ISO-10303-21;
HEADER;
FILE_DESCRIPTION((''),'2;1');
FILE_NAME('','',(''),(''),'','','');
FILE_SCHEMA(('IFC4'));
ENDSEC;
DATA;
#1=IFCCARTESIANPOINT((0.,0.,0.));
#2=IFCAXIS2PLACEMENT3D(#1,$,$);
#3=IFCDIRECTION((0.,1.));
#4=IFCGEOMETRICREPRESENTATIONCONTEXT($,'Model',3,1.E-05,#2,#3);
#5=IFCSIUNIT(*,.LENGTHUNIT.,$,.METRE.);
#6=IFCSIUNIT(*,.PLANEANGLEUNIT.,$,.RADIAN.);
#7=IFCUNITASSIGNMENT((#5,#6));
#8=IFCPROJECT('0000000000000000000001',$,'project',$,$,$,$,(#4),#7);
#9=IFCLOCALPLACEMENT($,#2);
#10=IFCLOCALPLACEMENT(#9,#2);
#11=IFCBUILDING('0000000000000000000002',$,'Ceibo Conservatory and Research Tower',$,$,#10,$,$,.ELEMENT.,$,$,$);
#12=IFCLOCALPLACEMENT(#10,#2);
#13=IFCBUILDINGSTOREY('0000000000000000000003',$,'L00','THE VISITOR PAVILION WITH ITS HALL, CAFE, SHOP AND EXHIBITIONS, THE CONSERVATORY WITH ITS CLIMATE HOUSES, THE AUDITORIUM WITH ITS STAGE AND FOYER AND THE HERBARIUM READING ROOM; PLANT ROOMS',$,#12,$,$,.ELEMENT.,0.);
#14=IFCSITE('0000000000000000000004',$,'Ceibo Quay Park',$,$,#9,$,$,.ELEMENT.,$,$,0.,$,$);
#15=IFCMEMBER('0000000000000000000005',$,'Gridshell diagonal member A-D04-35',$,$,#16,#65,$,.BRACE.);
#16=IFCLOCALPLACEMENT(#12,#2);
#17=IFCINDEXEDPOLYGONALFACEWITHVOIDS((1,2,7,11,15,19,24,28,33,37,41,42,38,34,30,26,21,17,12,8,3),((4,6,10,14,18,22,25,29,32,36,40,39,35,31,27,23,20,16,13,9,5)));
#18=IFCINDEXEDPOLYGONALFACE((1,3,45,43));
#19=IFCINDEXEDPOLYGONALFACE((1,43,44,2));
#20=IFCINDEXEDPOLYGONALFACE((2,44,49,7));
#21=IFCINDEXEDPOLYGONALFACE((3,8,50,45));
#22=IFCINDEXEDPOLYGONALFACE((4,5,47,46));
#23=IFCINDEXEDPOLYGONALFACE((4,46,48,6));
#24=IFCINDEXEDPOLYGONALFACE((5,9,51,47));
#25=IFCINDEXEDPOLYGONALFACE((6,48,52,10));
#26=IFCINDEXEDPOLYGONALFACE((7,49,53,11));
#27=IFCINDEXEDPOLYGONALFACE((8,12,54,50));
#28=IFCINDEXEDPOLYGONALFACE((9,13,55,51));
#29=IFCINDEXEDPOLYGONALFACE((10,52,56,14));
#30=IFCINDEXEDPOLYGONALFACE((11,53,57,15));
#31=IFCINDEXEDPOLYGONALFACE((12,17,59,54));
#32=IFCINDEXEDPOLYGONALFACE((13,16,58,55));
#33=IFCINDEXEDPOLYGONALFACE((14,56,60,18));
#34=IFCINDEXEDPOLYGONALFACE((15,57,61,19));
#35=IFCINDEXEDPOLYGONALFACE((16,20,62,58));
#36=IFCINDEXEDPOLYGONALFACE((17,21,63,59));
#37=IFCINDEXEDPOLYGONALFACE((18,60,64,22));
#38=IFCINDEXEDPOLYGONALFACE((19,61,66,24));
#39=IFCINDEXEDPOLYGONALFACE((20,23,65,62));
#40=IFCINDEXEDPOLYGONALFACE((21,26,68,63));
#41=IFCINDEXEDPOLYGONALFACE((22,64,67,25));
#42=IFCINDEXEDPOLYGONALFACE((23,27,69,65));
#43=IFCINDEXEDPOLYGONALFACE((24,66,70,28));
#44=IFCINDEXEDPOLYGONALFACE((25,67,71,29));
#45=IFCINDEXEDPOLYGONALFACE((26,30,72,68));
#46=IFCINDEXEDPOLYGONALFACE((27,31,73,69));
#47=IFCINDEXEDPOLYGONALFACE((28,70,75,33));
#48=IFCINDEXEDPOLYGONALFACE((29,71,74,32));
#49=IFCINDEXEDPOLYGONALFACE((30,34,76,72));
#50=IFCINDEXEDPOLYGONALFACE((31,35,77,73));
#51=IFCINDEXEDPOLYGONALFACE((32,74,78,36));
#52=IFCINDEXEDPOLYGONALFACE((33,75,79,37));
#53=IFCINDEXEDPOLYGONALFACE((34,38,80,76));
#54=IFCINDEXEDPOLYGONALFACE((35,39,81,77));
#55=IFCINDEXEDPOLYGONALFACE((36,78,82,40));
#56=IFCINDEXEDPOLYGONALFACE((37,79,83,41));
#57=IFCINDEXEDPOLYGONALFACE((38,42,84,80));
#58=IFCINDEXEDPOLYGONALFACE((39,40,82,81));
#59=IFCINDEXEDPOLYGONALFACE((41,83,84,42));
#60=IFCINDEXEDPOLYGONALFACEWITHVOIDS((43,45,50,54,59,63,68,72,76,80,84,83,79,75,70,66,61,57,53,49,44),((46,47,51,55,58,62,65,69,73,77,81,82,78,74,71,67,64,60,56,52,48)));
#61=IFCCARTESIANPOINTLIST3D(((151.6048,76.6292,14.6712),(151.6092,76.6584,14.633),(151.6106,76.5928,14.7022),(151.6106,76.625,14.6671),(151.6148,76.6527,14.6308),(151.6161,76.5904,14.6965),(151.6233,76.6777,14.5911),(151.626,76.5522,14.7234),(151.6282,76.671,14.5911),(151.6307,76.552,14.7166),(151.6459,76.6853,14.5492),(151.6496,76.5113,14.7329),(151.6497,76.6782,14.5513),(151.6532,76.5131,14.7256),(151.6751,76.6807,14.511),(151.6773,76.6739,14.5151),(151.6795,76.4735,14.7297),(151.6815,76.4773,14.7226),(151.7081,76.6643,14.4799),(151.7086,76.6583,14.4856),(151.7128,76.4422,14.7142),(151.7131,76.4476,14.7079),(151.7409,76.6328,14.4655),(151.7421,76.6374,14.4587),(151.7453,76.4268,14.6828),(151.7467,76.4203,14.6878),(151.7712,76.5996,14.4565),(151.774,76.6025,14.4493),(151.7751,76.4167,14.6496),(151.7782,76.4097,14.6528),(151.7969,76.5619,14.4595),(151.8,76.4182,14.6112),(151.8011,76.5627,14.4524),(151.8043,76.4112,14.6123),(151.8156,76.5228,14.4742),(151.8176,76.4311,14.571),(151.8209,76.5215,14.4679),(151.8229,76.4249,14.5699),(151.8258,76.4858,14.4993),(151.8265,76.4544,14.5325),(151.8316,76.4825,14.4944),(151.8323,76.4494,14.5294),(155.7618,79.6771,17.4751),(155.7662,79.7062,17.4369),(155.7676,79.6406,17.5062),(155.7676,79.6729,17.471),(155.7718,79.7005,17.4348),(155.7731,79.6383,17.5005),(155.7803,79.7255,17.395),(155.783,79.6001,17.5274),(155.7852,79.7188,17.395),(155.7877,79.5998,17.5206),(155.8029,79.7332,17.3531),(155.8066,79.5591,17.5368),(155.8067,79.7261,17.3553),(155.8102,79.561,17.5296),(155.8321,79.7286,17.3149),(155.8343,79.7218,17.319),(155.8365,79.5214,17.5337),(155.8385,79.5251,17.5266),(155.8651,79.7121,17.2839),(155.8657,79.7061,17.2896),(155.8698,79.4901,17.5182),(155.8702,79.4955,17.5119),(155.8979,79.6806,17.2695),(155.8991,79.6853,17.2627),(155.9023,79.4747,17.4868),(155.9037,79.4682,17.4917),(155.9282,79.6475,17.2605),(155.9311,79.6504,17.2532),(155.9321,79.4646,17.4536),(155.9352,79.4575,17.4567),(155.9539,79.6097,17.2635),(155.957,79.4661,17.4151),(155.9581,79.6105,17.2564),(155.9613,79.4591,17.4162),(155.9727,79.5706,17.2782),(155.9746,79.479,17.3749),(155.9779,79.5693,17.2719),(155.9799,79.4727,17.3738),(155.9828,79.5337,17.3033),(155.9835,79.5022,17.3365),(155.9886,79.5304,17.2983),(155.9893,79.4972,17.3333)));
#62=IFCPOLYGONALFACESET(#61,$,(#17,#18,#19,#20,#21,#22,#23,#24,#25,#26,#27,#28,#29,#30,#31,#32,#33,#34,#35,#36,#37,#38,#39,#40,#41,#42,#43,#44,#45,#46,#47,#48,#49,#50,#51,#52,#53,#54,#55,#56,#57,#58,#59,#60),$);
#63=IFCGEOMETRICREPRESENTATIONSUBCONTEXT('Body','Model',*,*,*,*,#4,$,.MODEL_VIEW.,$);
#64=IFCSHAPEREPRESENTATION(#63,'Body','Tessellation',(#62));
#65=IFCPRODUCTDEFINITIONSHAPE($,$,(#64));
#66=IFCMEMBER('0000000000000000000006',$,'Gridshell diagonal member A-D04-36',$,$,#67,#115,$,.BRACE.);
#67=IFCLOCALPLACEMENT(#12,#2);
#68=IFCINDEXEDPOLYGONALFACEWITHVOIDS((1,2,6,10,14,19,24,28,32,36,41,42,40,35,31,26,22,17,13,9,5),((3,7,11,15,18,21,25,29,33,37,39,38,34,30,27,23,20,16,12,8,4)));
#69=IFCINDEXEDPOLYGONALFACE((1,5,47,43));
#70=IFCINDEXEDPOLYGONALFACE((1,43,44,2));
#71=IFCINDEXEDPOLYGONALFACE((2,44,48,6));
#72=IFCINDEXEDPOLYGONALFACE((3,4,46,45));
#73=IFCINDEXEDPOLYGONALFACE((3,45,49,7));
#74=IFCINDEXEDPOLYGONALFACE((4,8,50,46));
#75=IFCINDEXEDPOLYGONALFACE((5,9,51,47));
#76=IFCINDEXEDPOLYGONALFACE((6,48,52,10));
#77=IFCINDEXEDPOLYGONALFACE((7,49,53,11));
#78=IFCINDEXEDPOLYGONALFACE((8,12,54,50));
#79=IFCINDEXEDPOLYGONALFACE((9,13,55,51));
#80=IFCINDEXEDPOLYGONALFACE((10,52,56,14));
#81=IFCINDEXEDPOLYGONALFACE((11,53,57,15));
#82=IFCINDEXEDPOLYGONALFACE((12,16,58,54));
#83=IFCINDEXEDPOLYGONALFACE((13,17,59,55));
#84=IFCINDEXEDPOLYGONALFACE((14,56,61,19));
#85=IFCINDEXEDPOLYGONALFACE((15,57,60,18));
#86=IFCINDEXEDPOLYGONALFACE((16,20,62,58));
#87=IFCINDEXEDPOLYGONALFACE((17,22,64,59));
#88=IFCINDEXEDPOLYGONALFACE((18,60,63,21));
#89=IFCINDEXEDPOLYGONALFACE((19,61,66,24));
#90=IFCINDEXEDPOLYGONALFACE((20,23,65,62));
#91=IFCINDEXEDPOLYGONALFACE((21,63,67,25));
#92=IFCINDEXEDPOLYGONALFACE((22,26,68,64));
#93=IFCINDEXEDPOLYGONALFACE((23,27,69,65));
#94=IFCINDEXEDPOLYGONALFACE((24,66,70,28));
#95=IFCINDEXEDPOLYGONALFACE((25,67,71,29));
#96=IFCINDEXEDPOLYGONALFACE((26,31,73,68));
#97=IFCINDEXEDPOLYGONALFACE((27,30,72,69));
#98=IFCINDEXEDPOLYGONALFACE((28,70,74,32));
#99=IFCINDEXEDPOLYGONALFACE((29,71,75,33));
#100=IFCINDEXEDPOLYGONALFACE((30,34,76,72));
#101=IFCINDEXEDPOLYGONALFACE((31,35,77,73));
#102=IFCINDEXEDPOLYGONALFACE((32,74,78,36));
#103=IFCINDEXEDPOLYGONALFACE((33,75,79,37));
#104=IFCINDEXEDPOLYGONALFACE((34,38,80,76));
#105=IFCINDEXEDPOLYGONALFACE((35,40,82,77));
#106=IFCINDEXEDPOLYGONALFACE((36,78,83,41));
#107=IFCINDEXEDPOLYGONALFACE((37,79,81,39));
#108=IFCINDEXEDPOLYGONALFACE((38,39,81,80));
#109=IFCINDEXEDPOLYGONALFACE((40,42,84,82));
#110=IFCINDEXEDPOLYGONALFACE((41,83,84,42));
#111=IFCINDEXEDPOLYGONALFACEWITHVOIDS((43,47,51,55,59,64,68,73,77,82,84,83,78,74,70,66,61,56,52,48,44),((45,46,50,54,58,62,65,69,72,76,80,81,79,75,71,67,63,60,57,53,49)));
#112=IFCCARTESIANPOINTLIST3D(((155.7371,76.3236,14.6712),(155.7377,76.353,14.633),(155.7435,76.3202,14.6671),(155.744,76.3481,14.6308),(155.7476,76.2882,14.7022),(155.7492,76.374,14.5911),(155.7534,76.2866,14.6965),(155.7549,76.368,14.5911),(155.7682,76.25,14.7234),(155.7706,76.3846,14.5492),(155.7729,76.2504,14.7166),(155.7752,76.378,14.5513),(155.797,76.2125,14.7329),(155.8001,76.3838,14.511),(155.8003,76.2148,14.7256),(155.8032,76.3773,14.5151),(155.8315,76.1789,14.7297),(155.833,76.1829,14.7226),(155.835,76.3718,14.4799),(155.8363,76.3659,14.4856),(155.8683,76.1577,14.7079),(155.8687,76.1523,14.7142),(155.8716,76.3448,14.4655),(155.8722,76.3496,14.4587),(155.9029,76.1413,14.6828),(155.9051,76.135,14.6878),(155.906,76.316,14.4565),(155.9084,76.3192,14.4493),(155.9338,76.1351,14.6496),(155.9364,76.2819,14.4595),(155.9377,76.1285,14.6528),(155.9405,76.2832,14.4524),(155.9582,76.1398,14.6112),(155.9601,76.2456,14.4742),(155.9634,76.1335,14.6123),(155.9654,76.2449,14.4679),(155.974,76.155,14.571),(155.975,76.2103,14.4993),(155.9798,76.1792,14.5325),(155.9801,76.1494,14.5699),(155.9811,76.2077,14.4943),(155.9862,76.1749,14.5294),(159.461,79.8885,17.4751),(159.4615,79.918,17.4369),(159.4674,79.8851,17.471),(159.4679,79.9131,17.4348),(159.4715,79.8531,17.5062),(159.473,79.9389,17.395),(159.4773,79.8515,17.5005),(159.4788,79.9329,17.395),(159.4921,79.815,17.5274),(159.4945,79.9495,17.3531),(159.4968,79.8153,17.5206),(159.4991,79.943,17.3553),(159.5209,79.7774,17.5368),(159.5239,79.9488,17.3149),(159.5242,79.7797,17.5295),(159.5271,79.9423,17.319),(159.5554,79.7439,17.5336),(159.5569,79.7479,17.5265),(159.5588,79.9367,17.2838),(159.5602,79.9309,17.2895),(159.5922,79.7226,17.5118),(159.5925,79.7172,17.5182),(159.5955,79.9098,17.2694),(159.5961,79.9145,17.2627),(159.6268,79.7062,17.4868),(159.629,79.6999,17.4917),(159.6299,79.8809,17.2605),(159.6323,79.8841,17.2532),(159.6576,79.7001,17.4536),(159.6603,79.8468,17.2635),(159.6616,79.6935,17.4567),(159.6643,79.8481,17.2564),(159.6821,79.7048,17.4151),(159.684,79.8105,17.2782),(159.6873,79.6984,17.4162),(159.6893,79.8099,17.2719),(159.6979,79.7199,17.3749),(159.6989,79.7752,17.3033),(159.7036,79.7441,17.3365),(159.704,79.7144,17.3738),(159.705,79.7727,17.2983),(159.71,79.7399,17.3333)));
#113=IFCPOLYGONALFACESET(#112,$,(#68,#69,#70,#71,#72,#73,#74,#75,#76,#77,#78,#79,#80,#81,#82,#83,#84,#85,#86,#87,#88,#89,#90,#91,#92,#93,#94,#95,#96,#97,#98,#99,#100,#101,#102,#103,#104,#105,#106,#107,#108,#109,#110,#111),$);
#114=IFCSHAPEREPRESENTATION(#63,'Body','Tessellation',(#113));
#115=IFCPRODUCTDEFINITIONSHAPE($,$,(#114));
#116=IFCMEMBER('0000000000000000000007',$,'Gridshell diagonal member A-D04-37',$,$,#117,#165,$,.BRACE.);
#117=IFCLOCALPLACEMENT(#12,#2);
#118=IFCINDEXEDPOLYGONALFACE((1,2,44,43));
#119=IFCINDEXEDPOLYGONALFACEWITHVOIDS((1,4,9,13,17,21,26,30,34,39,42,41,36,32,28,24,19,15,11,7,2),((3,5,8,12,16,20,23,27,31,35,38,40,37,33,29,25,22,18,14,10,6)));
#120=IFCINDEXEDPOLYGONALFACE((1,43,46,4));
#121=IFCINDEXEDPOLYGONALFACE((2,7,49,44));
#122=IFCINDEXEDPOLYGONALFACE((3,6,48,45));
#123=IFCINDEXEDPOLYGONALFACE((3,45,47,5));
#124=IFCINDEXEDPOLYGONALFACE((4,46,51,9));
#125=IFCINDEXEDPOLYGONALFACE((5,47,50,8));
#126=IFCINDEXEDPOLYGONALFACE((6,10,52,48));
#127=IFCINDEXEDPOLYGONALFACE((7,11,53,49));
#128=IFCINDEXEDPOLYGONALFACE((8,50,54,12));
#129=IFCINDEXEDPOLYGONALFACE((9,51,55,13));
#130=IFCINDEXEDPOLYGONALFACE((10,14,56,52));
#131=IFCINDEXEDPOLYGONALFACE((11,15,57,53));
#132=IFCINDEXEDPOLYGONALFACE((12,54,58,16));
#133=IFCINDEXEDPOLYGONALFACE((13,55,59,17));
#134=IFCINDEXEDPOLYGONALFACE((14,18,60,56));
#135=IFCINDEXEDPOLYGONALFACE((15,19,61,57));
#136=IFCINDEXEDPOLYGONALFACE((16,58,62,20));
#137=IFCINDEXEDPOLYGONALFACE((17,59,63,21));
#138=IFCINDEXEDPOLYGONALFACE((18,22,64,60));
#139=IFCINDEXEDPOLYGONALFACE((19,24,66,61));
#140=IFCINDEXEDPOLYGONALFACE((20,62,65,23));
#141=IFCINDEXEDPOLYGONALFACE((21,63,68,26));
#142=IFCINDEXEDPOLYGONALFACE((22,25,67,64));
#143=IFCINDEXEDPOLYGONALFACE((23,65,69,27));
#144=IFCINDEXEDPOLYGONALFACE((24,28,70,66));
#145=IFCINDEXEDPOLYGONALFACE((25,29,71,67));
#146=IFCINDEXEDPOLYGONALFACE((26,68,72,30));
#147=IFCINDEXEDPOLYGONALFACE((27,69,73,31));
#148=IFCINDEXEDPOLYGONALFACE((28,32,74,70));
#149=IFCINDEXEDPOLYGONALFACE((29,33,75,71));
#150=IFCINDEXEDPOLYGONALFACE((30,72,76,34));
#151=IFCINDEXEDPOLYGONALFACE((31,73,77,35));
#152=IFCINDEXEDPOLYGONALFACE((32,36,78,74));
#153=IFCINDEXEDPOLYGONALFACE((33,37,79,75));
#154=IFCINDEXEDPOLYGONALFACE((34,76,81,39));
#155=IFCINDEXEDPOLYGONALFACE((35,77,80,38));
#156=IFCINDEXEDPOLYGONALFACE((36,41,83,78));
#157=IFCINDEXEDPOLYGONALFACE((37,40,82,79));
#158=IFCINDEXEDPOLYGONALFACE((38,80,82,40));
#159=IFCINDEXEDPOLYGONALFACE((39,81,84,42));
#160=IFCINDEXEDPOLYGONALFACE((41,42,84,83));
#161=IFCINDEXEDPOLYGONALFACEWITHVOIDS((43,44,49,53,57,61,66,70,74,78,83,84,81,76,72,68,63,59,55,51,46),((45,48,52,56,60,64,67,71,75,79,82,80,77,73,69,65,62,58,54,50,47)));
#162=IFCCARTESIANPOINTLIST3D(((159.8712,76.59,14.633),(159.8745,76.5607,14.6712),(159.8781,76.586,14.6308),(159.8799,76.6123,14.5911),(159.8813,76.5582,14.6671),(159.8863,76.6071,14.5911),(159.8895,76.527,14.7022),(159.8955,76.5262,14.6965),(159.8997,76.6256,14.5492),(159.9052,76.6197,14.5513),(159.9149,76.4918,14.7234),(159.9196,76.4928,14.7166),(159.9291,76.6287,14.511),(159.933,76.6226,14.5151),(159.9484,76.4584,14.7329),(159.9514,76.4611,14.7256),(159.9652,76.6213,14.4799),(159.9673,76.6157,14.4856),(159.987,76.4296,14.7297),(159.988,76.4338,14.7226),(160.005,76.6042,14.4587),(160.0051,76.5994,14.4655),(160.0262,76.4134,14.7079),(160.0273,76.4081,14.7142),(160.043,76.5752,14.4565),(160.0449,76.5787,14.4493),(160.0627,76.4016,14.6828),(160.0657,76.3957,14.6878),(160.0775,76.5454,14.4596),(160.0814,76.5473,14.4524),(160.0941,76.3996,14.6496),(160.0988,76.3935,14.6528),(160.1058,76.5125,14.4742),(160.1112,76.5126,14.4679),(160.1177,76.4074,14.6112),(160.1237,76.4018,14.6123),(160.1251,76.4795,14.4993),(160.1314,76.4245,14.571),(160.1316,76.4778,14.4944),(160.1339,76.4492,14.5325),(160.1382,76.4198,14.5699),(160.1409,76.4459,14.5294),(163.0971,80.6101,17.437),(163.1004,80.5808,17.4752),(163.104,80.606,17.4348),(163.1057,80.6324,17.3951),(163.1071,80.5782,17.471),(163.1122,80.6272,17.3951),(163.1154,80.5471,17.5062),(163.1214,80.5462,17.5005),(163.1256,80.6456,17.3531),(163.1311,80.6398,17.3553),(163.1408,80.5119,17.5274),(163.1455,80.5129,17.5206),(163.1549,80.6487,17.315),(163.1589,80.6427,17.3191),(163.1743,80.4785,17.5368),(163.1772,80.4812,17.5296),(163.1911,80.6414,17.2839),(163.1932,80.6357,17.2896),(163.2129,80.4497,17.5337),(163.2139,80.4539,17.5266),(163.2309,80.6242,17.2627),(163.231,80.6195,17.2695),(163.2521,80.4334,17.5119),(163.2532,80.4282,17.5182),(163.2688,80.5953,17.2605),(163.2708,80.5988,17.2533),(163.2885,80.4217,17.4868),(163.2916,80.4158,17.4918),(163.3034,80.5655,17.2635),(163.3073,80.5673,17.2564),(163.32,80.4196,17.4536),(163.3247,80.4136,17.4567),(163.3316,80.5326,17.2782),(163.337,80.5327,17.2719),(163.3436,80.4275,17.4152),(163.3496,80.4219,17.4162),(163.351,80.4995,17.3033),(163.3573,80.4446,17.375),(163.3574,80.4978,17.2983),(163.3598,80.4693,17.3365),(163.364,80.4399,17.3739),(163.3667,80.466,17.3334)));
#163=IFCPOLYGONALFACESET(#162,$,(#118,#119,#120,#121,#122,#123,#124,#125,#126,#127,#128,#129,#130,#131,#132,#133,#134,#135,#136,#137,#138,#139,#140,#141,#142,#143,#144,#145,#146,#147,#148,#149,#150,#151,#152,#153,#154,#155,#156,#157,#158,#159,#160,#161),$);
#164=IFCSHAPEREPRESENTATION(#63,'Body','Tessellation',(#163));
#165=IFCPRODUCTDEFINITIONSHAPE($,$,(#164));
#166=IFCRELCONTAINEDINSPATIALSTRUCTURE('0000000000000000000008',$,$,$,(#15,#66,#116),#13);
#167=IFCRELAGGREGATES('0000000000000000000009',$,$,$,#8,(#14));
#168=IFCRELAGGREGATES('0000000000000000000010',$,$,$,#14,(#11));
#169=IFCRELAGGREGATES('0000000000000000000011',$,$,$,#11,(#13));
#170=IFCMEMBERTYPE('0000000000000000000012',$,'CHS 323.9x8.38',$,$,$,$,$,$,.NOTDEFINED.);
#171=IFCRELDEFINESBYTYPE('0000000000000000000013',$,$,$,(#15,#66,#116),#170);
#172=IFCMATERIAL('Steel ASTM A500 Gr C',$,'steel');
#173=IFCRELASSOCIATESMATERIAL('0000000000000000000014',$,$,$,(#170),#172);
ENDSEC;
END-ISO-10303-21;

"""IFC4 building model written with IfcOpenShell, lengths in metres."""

from ifc_helpers import new_model, si_unit, direction, frame, origin, origin_2d, place, context, subcontext, project, spatial, hollow_circle, extrude, material, material_profile, profile_set, type_object, element, save


model = new_model("IFC4")

# Units and contexts
model_context = context("Model", 3, precision=1e-05, world=origin(), true_north=direction((0.0, 1.0)))
body_context = subcontext(model_context, "Body", "Model", "MODEL_VIEW")
ifc_project = project(units=[si_unit("LENGTHUNIT", "METRE"), si_unit("PLANEANGLEUNIT", "RADIAN")], contexts=[model_context])

# Site, building, storey
site_placement = place(None, origin())
site = spatial("IfcSite", under=ifc_project, at=site_placement, Name="Ceibo Quay Park", CompositionType="ELEMENT", RefElevation=0.0)
building_placement = place(site_placement, origin())
building = spatial("IfcBuilding", under=site, at=building_placement, Name="Ceibo Conservatory and Research Tower", CompositionType="ELEMENT")
storey_placement = place(building_placement, origin())
storey = spatial("IfcBuildingStorey", under=building, at=storey_placement, Name="L00", Description="THE VISITOR PAVILION WITH ITS HALL, CAFE, SHOP AND EXHIBITIONS, THE CONSERVATORY WITH ITS CLIMATE HOUSES, THE AUDITORIUM WITH ITS STAGE AND FOYER AND THE HERBARIUM READING ROOM; PLANT ROOMS", CompositionType="ELEMENT", Elevation=0.0)

# Members
ifc_material_1 = material(Name="Steel ASTM A500 Gr C", Category="steel")
ifc_material_profile_1 = material_profile(ifc_material_1, hollow_circle(Radius=0.1619, WallThickness=0.0083, at=origin_2d()), Name="CHS 323.9x8.38")
ifc_profile_set_1 = profile_set([ifc_material_profile_1], Name="Steel ASTM A500 Gr C")
member_type_1 = type_object("IfcMemberType", Name="CHS 323.9x8.38", PredefinedType="NOTDEFINED", material=ifc_profile_set_1)
member_1_placement = place(storey_placement, frame((151.719, 76.5471, 14.5911), z_axis=(0.70843, 0.519412, 0.477848), x_axis=(-0.591288, 0.806461, 0.0)))
element("IfcMember", 1, at=member_1_placement, inside=storey, type_object=member_type_1, Name="Gridshell diagonal member A-D04-35", PredefinedType="BRACE", context=body_context, shape_type="SweptSolid", body=[
    extrude(hollow_circle(Radius=0.1619, WallThickness=0.0083, at=origin_2d()), origin(), (0.0, 0.0, 1.0), 5.8679),
])
member_2_placement = place(storey_placement, frame((155.8611, 76.2571, 14.5911), z_axis=(0.634563, 0.60748, 0.477805), x_axis=(-0.691524, 0.722354, 0.0)))
element("IfcMember", 2, at=member_2_placement, inside=storey, type_object=member_type_1, Name="Gridshell diagonal member A-D04-36", PredefinedType="BRACE", context=body_context, shape_type="SweptSolid", body=[
    extrude(hollow_circle(Radius=0.1619, WallThickness=0.0083, at=origin_2d()), origin(), (0.0, 0.0, 1.0), 5.8684),
])
member_3_placement = place(storey_placement, frame((160.0061, 76.511, 14.5911), z_axis=(0.54977, 0.685122, 0.477871), x_axis=(-0.779939, 0.625855, 0.0)))
element("IfcMember", 3, at=member_3_placement, inside=storey, type_object=member_type_1, Name="Gridshell diagonal member A-D04-37", PredefinedType="BRACE", context=body_context, shape_type="SweptSolid", body=[
    extrude(hollow_circle(Radius=0.1619, WallThickness=0.0083, at=origin_2d()), origin(), (0.0, 0.0, 1.0), 5.8677),
])

save(model, "model.ifc")
